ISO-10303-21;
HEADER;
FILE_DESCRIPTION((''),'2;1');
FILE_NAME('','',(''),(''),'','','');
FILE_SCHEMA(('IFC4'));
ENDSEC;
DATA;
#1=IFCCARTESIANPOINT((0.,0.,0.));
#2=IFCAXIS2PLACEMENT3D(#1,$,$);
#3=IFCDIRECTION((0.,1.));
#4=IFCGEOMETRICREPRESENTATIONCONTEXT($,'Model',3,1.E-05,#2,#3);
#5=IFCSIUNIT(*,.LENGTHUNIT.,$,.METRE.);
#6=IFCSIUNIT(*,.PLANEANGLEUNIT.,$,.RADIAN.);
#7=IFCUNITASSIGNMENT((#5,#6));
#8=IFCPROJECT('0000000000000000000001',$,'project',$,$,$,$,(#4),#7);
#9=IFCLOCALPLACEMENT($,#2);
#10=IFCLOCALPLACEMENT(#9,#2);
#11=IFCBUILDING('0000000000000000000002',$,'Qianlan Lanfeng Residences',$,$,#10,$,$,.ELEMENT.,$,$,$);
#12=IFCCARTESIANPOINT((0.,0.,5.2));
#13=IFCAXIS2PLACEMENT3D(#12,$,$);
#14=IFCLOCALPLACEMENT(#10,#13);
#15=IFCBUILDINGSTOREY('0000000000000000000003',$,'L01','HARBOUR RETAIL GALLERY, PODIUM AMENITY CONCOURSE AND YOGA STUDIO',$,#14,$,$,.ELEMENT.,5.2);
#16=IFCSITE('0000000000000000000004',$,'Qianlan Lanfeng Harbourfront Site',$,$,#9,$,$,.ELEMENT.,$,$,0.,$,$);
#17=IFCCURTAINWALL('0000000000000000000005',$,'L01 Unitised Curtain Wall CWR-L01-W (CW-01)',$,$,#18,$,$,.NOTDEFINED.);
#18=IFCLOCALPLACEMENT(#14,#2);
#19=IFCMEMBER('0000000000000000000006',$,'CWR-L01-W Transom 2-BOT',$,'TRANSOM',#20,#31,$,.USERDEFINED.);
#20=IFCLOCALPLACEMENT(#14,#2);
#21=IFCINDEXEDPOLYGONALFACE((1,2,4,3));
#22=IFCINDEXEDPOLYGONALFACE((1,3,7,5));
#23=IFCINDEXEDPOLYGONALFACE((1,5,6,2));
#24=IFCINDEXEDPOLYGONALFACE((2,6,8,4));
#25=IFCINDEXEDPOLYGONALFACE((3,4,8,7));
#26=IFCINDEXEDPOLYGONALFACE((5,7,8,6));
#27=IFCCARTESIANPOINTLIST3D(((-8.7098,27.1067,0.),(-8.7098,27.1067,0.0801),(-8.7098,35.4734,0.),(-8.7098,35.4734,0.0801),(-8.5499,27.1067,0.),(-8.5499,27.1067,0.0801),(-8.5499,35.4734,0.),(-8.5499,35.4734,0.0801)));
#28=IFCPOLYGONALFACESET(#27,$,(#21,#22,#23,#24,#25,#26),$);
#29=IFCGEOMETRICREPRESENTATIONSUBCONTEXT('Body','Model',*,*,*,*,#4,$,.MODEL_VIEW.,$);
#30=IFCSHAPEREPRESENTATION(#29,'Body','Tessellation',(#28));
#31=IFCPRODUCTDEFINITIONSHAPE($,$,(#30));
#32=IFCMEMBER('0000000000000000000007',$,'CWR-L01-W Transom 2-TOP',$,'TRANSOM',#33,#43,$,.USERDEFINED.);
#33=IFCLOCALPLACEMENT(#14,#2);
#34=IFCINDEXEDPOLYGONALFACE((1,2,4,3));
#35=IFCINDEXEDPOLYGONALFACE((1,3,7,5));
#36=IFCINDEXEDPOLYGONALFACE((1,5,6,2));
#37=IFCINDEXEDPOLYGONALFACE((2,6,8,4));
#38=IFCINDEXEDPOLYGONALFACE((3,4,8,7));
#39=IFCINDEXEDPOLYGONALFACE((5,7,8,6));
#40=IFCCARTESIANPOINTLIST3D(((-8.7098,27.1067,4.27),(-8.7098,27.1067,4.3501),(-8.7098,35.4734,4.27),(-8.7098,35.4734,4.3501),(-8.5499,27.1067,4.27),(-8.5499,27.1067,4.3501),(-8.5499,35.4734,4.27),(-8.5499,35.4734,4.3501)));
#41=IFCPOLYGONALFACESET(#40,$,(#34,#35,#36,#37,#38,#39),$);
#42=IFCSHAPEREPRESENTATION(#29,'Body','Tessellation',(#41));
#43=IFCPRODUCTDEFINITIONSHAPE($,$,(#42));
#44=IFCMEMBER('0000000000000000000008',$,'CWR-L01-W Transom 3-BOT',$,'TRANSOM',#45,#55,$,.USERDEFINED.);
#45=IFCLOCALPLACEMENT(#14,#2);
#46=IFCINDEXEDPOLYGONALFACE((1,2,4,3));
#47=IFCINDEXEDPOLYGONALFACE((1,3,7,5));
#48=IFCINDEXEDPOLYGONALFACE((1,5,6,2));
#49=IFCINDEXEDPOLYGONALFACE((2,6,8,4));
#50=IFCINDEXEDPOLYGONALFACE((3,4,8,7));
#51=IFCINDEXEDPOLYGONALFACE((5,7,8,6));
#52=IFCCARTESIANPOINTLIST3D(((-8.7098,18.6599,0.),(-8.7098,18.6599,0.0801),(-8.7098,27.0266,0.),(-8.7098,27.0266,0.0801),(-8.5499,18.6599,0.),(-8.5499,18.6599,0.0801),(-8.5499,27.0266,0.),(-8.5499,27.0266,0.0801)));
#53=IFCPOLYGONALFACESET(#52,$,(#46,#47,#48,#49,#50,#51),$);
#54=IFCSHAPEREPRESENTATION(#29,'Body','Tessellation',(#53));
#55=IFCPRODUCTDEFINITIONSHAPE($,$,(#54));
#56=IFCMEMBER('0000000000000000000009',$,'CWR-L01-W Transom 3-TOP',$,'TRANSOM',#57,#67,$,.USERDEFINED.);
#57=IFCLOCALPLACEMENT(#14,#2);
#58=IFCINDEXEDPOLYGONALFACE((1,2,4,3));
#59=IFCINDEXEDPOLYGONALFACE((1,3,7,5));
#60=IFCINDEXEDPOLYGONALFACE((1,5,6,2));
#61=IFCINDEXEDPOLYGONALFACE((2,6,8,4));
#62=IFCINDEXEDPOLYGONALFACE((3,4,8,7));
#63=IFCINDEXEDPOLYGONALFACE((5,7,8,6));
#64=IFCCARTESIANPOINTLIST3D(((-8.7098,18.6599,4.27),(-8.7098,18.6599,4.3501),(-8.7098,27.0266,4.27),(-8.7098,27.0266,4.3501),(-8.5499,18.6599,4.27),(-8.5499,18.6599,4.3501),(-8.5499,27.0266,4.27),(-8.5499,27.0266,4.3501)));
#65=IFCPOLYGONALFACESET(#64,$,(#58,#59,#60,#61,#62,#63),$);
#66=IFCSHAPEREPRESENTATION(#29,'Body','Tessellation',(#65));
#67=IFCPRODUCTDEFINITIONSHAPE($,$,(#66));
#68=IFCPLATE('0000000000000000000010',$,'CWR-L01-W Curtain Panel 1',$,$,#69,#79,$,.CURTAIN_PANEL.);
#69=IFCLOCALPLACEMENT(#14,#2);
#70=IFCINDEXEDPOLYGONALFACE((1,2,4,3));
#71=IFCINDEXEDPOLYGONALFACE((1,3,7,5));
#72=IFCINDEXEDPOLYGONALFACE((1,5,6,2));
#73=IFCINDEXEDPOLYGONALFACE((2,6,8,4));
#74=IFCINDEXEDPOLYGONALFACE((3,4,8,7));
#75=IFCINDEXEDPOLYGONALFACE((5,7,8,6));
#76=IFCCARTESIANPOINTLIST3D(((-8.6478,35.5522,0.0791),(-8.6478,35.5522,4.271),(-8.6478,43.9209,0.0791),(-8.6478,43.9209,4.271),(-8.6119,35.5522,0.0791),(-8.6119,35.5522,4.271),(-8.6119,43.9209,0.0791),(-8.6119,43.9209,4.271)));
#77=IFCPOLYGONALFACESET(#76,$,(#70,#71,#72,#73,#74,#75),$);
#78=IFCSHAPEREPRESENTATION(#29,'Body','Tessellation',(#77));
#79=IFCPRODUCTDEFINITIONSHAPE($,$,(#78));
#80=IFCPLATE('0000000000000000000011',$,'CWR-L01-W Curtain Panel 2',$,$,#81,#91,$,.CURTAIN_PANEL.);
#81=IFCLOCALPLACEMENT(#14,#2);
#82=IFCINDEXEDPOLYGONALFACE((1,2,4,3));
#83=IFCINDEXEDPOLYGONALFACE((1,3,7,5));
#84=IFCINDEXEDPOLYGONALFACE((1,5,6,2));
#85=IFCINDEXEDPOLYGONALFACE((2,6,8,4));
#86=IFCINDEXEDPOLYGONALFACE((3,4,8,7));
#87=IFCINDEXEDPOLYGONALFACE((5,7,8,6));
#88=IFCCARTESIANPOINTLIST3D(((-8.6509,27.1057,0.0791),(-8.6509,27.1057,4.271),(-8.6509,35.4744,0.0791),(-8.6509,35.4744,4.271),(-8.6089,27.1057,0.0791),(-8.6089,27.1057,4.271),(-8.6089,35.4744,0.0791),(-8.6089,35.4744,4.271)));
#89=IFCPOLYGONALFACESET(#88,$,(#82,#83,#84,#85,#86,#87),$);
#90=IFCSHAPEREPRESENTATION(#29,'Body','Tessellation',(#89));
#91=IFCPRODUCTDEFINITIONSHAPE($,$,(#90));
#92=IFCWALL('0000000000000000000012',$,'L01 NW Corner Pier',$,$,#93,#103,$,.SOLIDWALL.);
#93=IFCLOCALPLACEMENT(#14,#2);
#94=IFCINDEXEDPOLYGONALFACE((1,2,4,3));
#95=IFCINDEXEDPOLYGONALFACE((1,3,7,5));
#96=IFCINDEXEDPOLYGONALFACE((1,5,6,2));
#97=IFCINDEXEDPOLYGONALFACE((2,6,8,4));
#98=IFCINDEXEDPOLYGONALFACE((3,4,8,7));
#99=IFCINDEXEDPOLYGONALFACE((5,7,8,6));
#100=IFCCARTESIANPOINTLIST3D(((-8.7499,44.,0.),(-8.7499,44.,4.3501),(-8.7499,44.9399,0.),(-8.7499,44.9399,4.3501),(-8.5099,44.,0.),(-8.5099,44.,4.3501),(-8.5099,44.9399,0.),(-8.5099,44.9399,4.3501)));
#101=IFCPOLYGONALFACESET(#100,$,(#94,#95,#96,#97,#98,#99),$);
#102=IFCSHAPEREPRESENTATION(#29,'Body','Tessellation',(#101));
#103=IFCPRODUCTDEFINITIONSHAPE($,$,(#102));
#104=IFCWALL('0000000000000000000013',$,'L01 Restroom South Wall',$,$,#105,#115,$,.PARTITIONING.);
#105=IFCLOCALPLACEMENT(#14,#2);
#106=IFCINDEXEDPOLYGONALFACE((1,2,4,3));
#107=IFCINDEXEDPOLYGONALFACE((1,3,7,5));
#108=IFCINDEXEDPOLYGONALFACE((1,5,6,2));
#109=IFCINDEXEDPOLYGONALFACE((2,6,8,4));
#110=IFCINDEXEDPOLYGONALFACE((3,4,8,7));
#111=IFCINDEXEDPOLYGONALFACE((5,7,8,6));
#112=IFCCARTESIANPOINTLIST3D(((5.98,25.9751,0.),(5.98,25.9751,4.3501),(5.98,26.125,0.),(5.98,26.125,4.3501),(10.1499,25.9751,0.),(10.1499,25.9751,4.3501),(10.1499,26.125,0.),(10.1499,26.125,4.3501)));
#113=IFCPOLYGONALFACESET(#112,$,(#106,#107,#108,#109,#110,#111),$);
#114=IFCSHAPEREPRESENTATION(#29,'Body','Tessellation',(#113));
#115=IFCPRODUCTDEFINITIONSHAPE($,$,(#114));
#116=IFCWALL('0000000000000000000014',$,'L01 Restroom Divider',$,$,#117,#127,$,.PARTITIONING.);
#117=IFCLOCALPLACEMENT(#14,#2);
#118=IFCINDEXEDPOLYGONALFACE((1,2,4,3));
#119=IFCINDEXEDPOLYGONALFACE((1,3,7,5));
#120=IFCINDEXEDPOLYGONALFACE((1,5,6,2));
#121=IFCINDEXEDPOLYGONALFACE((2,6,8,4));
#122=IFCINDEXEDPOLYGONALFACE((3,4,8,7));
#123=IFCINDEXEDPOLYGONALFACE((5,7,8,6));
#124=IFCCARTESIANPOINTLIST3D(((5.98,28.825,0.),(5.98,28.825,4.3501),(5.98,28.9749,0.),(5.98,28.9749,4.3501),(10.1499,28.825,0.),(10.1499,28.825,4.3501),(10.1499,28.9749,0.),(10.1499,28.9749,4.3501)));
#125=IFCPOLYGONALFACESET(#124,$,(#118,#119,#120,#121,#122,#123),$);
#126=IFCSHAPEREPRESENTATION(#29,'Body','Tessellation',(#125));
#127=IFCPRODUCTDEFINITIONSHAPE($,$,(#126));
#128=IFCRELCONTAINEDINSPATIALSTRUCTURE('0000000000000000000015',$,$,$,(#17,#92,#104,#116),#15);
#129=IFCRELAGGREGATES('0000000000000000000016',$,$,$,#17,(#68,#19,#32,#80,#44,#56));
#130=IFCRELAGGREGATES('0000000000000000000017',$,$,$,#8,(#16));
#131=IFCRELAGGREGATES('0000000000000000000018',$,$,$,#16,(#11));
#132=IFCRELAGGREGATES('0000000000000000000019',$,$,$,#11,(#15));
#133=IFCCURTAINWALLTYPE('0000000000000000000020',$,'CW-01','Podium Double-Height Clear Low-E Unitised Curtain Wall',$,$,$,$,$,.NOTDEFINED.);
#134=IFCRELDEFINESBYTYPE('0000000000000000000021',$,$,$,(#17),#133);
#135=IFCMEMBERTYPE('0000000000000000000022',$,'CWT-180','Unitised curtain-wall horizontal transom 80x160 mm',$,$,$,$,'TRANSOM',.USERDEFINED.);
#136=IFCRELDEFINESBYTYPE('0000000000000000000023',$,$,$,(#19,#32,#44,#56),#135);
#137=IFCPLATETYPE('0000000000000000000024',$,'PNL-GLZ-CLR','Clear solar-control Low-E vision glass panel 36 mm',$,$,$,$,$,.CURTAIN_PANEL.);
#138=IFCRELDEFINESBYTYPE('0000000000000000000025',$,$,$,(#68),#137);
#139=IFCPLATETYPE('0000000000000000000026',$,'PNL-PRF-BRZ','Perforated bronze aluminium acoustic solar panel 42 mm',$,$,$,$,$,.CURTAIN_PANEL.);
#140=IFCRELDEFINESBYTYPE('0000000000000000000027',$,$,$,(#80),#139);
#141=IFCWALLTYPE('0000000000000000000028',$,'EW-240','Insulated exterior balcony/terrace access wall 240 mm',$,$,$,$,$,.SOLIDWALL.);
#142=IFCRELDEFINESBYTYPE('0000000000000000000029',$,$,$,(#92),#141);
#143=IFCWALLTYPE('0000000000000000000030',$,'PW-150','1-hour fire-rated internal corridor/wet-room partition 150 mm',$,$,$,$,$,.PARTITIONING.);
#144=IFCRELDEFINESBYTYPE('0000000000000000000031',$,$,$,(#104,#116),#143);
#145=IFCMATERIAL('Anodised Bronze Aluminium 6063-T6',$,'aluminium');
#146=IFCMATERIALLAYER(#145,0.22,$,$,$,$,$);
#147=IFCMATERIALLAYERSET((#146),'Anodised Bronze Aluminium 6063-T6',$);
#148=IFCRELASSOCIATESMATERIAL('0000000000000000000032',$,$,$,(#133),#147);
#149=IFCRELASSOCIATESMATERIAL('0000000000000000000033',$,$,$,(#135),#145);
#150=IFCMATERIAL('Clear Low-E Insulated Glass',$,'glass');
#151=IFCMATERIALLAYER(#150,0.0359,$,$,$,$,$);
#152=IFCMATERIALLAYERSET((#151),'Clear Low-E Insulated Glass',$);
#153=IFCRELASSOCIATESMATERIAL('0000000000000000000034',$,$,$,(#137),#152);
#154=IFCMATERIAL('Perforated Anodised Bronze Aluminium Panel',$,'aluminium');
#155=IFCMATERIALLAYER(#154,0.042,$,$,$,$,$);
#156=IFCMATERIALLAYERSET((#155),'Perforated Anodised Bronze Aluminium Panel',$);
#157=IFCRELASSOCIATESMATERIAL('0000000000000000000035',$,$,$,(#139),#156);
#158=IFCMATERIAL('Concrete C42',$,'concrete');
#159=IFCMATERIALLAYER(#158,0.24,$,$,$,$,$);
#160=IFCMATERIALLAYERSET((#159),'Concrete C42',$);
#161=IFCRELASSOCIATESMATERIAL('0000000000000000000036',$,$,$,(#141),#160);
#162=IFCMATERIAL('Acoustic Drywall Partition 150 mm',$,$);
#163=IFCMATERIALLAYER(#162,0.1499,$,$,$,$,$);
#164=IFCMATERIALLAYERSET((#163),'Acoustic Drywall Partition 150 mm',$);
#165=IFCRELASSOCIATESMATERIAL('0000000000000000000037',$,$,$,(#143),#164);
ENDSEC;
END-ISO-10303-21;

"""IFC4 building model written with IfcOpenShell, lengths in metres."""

from ifc_helpers import new_model, si_unit, direction, frame, frame_2d, origin, origin_2d, place, context, subcontext, project, spatial, rectangle, extrude, source, transform, mapped, material, layer, layer_set, material_profile, profile_set, type_object, element, aggregate, save


model = new_model("IFC4")

# Units and contexts
model_context = context("Model", 3, precision=1e-05, world=origin(), true_north=direction((0.0, 1.0)))
body_context = subcontext(model_context, "Body", "Model", "MODEL_VIEW")
ifc_project = project(units=[si_unit("LENGTHUNIT", "METRE"), si_unit("PLANEANGLEUNIT", "RADIAN")], contexts=[model_context])

# Site, building, storey
site_placement = place(None, origin())
site = spatial("IfcSite", under=ifc_project, at=site_placement, Name="Qianlan Lanfeng Harbourfront Site", CompositionType="ELEMENT", RefElevation=0.0)
building_placement = place(site_placement, origin())
building = spatial("IfcBuilding", under=site, at=building_placement, Name="Qianlan Lanfeng Residences", CompositionType="ELEMENT")
storey_placement = place(building_placement, frame((0.0, 0.0, 5.2)))
storey = spatial("IfcBuildingStorey", under=building, at=storey_placement, Name="L01", Description="HARBOUR RETAIL GALLERY, PODIUM AMENITY CONCOURSE AND YOGA STUDIO", CompositionType="ELEMENT", Elevation=5.2)

# Curtain wall, members, plates
ifc_material_1 = material(Name="Anodised Bronze Aluminium 6063-T6", Category="aluminium")
ifc_layer_1 = layer(ifc_material_1, 0.22)
ifc_layer_set_1 = layer_set([ifc_layer_1], Name="Anodised Bronze Aluminium 6063-T6")
curtain_wall_type = type_object("IfcCurtainWallType", Name="CW-01", Description="Podium Double-Height Clear Low-E Unitised Curtain Wall", PredefinedType="NOTDEFINED", material=ifc_layer_set_1)
curtain_wall_placement = place(storey_placement, origin())
curtain_wall = element("IfcCurtainWall", 1, at=curtain_wall_placement, inside=storey, type_object=curtain_wall_type, Name="L01 Unitised Curtain Wall CWR-L01-W (CW-01)", PredefinedType="NOTDEFINED")
ifc_material_profile_1 = material_profile(ifc_material_1, rectangle(XDim=0.0801, YDim=0.1599, at=origin_2d()), Name="ALU TRANSOM 80x160")
ifc_profile_set_1 = profile_set([ifc_material_profile_1], Name="Anodised Bronze Aluminium 6063-T6")
member_type_1 = type_object("IfcMemberType", Name="CWT-180", Description="Unitised curtain-wall horizontal transom 80x160 mm", ElementType="TRANSOM", PredefinedType="USERDEFINED", material=ifc_profile_set_1)
shared_shape_1 = source(origin(), body_context, "Body", "SweptSolid", [
    extrude(rectangle(XDim=0.0801, YDim=0.1599, at=origin_2d()), origin(), (0.0, 0.0, 1.0), 8.3667),
])
member_1_placement = place(storey_placement, frame((-8.6299, 35.4734, 0.04), z_axis=(0.0, -1.0, 0.0), x_axis=(0.0, 0.0, 1.0)))
member_1 = element("IfcMember", 2, at=member_1_placement, type_object=member_type_1, Name="CWR-L01-W Transom 2-BOT", ObjectType="TRANSOM", PredefinedType="USERDEFINED", context=body_context, shape_type="MappedRepresentation", body=[
    mapped(shared_shape_1, transform((0.0, 0.0, 0.0), scale=1.0)),
])
member_2_placement = place(storey_placement, frame((-8.6299, 35.4734, 4.3101), z_axis=(0.0, -1.0, 0.0), x_axis=(0.0, 0.0, 1.0)))
member_2 = element("IfcMember", 3, at=member_2_placement, type_object=member_type_1, Name="CWR-L01-W Transom 2-TOP", ObjectType="TRANSOM", PredefinedType="USERDEFINED", context=body_context, shape_type="MappedRepresentation", body=[
    mapped(shared_shape_1, transform((0.0, 0.0, 0.0), scale=1.0)),
])
member_3_placement = place(storey_placement, frame((-8.6299, 27.0266, 0.04), z_axis=(0.0, -1.0, 0.0), x_axis=(0.0, 0.0, 1.0)))
member_3 = element("IfcMember", 4, at=member_3_placement, type_object=member_type_1, Name="CWR-L01-W Transom 3-BOT", ObjectType="TRANSOM", PredefinedType="USERDEFINED", context=body_context, shape_type="MappedRepresentation", body=[
    mapped(shared_shape_1, transform((0.0, 0.0, 0.0), scale=1.0)),
])
member_4_placement = place(storey_placement, frame((-8.6299, 27.0266, 4.3101), z_axis=(0.0, -1.0, 0.0), x_axis=(0.0, 0.0, 1.0)))
member_4 = element("IfcMember", 5, at=member_4_placement, type_object=member_type_1, Name="CWR-L01-W Transom 3-TOP", ObjectType="TRANSOM", PredefinedType="USERDEFINED", context=body_context, shape_type="MappedRepresentation", body=[
    mapped(shared_shape_1, transform((0.0, 0.0, 0.0), scale=1.0)),
])
ifc_material_2 = material(Name="Clear Low-E Insulated Glass", Category="glass")
ifc_layer_2 = layer(ifc_material_2, 0.0359)
ifc_layer_set_2 = layer_set([ifc_layer_2], Name="Clear Low-E Insulated Glass")
plate_type_1 = type_object("IfcPlateType", Name="PNL-GLZ-CLR", Description="Clear solar-control Low-E vision glass panel 36 mm", PredefinedType="CURTAIN_PANEL", material=ifc_layer_set_2)
shared_shape_2 = source(origin(), body_context, "Body", "SweptSolid", [
    extrude(rectangle(XDim=8.3687, YDim=0.0359, at=origin_2d()), origin(), (0.0, 0.0, 1.0), 4.1919),
])
plate_1_placement = place(storey_placement, frame((-8.6299, 39.7366, 0.0791), z_axis=(0.0, 0.0, 1.0), x_axis=(0.0, -1.0, 0.0)))
plate_1 = element("IfcPlate", 6, at=plate_1_placement, type_object=plate_type_1, Name="CWR-L01-W Curtain Panel 1", PredefinedType="CURTAIN_PANEL", context=body_context, shape_type="MappedRepresentation", body=[
    mapped(shared_shape_2, transform((0.0, 0.0, 0.0), scale=1.0)),
])
ifc_material_3 = material(Name="Perforated Anodised Bronze Aluminium Panel", Category="aluminium")
ifc_layer_3 = layer(ifc_material_3, 0.042)
ifc_layer_set_3 = layer_set([ifc_layer_3], Name="Perforated Anodised Bronze Aluminium Panel")
plate_type_2 = type_object("IfcPlateType", Name="PNL-PRF-BRZ", Description="Perforated bronze aluminium acoustic solar panel 42 mm", PredefinedType="CURTAIN_PANEL", material=ifc_layer_set_3)
shared_shape_3 = source(origin(), body_context, "Body", "SweptSolid", [
    extrude(rectangle(XDim=8.3687, YDim=0.042, at=origin_2d()), origin(), (0.0, 0.0, 1.0), 4.1919),
])
plate_2_placement = place(storey_placement, frame((-8.6299, 31.29, 0.0791), z_axis=(0.0, 0.0, 1.0), x_axis=(0.0, -1.0, 0.0)))
plate_2 = element("IfcPlate", 7, at=plate_2_placement, type_object=plate_type_2, Name="CWR-L01-W Curtain Panel 2", PredefinedType="CURTAIN_PANEL", context=body_context, shape_type="MappedRepresentation", body=[
    mapped(shared_shape_3, transform((0.0, 0.0, 0.0), scale=1.0)),
])
aggregate(curtain_wall, [plate_1, member_1, member_2, plate_2, member_3, member_4])

# Wall
ifc_material_4 = material(Name="Concrete C42", Category="concrete")
ifc_layer_4 = layer(ifc_material_4, 0.24)
ifc_layer_set_4 = layer_set([ifc_layer_4], Name="Concrete C42")
wall_type_1 = type_object("IfcWallType", Name="EW-240", Description="Insulated exterior balcony/terrace access wall 240 mm", PredefinedType="SOLIDWALL", material=ifc_layer_set_4)
wall_1_placement = place(storey_placement, frame((-8.6299, 44.9399, 0.0), z_axis=(0.0, 0.0, 1.0), x_axis=(0.0, -1.0, 0.0)))
element("IfcWall", 8, at=wall_1_placement, inside=storey, type_object=wall_type_1, Name="L01 NW Corner Pier", PredefinedType="SOLIDWALL", context=body_context, shape_type="SweptSolid", body=[
    extrude(rectangle(XDim=0.9399, YDim=0.24, at=frame_2d((0.47, 0.0))), origin(), (0.0, 0.0, 1.0), 4.3501),
])

# Shared definitions
ifc_material_5 = material(Name="Acoustic Drywall Partition 150 mm")
ifc_layer_5 = layer(ifc_material_5, 0.1499)
ifc_layer_set_5 = layer_set([ifc_layer_5], Name="Acoustic Drywall Partition 150 mm")
wall_type_2 = type_object("IfcWallType", Name="PW-150", Description="1-hour fire-rated internal corridor/wet-room partition 150 mm", PredefinedType="PARTITIONING", material=ifc_layer_set_5)

# Walls
for number, where, z_axis, x_axis, name in (
    (9, (5.98, 26.05, 0.0), (0.0, 0.0, 1.0), (1.0, 0.0, 0.0), "L01 Restroom South Wall"),
    (10, (5.98, 28.8999, 0.0), (0.0, 0.0, 1.0), (1.0, 0.0, 0.0), "L01 Restroom Divider"),
):
    element("IfcWall", number, at=place(storey_placement, frame(where, z_axis=z_axis, x_axis=x_axis)), inside=storey, type_object=wall_type_2, Name=name, PredefinedType="PARTITIONING", context=body_context, shape_type="SweptSolid", body=[
        extrude(rectangle(XDim=4.1699, YDim=0.1499, at=frame_2d((2.085, 0.0))), origin(), (0.0, 0.0, 1.0), 4.3501),
    ])

save(model, "model.ifc")
